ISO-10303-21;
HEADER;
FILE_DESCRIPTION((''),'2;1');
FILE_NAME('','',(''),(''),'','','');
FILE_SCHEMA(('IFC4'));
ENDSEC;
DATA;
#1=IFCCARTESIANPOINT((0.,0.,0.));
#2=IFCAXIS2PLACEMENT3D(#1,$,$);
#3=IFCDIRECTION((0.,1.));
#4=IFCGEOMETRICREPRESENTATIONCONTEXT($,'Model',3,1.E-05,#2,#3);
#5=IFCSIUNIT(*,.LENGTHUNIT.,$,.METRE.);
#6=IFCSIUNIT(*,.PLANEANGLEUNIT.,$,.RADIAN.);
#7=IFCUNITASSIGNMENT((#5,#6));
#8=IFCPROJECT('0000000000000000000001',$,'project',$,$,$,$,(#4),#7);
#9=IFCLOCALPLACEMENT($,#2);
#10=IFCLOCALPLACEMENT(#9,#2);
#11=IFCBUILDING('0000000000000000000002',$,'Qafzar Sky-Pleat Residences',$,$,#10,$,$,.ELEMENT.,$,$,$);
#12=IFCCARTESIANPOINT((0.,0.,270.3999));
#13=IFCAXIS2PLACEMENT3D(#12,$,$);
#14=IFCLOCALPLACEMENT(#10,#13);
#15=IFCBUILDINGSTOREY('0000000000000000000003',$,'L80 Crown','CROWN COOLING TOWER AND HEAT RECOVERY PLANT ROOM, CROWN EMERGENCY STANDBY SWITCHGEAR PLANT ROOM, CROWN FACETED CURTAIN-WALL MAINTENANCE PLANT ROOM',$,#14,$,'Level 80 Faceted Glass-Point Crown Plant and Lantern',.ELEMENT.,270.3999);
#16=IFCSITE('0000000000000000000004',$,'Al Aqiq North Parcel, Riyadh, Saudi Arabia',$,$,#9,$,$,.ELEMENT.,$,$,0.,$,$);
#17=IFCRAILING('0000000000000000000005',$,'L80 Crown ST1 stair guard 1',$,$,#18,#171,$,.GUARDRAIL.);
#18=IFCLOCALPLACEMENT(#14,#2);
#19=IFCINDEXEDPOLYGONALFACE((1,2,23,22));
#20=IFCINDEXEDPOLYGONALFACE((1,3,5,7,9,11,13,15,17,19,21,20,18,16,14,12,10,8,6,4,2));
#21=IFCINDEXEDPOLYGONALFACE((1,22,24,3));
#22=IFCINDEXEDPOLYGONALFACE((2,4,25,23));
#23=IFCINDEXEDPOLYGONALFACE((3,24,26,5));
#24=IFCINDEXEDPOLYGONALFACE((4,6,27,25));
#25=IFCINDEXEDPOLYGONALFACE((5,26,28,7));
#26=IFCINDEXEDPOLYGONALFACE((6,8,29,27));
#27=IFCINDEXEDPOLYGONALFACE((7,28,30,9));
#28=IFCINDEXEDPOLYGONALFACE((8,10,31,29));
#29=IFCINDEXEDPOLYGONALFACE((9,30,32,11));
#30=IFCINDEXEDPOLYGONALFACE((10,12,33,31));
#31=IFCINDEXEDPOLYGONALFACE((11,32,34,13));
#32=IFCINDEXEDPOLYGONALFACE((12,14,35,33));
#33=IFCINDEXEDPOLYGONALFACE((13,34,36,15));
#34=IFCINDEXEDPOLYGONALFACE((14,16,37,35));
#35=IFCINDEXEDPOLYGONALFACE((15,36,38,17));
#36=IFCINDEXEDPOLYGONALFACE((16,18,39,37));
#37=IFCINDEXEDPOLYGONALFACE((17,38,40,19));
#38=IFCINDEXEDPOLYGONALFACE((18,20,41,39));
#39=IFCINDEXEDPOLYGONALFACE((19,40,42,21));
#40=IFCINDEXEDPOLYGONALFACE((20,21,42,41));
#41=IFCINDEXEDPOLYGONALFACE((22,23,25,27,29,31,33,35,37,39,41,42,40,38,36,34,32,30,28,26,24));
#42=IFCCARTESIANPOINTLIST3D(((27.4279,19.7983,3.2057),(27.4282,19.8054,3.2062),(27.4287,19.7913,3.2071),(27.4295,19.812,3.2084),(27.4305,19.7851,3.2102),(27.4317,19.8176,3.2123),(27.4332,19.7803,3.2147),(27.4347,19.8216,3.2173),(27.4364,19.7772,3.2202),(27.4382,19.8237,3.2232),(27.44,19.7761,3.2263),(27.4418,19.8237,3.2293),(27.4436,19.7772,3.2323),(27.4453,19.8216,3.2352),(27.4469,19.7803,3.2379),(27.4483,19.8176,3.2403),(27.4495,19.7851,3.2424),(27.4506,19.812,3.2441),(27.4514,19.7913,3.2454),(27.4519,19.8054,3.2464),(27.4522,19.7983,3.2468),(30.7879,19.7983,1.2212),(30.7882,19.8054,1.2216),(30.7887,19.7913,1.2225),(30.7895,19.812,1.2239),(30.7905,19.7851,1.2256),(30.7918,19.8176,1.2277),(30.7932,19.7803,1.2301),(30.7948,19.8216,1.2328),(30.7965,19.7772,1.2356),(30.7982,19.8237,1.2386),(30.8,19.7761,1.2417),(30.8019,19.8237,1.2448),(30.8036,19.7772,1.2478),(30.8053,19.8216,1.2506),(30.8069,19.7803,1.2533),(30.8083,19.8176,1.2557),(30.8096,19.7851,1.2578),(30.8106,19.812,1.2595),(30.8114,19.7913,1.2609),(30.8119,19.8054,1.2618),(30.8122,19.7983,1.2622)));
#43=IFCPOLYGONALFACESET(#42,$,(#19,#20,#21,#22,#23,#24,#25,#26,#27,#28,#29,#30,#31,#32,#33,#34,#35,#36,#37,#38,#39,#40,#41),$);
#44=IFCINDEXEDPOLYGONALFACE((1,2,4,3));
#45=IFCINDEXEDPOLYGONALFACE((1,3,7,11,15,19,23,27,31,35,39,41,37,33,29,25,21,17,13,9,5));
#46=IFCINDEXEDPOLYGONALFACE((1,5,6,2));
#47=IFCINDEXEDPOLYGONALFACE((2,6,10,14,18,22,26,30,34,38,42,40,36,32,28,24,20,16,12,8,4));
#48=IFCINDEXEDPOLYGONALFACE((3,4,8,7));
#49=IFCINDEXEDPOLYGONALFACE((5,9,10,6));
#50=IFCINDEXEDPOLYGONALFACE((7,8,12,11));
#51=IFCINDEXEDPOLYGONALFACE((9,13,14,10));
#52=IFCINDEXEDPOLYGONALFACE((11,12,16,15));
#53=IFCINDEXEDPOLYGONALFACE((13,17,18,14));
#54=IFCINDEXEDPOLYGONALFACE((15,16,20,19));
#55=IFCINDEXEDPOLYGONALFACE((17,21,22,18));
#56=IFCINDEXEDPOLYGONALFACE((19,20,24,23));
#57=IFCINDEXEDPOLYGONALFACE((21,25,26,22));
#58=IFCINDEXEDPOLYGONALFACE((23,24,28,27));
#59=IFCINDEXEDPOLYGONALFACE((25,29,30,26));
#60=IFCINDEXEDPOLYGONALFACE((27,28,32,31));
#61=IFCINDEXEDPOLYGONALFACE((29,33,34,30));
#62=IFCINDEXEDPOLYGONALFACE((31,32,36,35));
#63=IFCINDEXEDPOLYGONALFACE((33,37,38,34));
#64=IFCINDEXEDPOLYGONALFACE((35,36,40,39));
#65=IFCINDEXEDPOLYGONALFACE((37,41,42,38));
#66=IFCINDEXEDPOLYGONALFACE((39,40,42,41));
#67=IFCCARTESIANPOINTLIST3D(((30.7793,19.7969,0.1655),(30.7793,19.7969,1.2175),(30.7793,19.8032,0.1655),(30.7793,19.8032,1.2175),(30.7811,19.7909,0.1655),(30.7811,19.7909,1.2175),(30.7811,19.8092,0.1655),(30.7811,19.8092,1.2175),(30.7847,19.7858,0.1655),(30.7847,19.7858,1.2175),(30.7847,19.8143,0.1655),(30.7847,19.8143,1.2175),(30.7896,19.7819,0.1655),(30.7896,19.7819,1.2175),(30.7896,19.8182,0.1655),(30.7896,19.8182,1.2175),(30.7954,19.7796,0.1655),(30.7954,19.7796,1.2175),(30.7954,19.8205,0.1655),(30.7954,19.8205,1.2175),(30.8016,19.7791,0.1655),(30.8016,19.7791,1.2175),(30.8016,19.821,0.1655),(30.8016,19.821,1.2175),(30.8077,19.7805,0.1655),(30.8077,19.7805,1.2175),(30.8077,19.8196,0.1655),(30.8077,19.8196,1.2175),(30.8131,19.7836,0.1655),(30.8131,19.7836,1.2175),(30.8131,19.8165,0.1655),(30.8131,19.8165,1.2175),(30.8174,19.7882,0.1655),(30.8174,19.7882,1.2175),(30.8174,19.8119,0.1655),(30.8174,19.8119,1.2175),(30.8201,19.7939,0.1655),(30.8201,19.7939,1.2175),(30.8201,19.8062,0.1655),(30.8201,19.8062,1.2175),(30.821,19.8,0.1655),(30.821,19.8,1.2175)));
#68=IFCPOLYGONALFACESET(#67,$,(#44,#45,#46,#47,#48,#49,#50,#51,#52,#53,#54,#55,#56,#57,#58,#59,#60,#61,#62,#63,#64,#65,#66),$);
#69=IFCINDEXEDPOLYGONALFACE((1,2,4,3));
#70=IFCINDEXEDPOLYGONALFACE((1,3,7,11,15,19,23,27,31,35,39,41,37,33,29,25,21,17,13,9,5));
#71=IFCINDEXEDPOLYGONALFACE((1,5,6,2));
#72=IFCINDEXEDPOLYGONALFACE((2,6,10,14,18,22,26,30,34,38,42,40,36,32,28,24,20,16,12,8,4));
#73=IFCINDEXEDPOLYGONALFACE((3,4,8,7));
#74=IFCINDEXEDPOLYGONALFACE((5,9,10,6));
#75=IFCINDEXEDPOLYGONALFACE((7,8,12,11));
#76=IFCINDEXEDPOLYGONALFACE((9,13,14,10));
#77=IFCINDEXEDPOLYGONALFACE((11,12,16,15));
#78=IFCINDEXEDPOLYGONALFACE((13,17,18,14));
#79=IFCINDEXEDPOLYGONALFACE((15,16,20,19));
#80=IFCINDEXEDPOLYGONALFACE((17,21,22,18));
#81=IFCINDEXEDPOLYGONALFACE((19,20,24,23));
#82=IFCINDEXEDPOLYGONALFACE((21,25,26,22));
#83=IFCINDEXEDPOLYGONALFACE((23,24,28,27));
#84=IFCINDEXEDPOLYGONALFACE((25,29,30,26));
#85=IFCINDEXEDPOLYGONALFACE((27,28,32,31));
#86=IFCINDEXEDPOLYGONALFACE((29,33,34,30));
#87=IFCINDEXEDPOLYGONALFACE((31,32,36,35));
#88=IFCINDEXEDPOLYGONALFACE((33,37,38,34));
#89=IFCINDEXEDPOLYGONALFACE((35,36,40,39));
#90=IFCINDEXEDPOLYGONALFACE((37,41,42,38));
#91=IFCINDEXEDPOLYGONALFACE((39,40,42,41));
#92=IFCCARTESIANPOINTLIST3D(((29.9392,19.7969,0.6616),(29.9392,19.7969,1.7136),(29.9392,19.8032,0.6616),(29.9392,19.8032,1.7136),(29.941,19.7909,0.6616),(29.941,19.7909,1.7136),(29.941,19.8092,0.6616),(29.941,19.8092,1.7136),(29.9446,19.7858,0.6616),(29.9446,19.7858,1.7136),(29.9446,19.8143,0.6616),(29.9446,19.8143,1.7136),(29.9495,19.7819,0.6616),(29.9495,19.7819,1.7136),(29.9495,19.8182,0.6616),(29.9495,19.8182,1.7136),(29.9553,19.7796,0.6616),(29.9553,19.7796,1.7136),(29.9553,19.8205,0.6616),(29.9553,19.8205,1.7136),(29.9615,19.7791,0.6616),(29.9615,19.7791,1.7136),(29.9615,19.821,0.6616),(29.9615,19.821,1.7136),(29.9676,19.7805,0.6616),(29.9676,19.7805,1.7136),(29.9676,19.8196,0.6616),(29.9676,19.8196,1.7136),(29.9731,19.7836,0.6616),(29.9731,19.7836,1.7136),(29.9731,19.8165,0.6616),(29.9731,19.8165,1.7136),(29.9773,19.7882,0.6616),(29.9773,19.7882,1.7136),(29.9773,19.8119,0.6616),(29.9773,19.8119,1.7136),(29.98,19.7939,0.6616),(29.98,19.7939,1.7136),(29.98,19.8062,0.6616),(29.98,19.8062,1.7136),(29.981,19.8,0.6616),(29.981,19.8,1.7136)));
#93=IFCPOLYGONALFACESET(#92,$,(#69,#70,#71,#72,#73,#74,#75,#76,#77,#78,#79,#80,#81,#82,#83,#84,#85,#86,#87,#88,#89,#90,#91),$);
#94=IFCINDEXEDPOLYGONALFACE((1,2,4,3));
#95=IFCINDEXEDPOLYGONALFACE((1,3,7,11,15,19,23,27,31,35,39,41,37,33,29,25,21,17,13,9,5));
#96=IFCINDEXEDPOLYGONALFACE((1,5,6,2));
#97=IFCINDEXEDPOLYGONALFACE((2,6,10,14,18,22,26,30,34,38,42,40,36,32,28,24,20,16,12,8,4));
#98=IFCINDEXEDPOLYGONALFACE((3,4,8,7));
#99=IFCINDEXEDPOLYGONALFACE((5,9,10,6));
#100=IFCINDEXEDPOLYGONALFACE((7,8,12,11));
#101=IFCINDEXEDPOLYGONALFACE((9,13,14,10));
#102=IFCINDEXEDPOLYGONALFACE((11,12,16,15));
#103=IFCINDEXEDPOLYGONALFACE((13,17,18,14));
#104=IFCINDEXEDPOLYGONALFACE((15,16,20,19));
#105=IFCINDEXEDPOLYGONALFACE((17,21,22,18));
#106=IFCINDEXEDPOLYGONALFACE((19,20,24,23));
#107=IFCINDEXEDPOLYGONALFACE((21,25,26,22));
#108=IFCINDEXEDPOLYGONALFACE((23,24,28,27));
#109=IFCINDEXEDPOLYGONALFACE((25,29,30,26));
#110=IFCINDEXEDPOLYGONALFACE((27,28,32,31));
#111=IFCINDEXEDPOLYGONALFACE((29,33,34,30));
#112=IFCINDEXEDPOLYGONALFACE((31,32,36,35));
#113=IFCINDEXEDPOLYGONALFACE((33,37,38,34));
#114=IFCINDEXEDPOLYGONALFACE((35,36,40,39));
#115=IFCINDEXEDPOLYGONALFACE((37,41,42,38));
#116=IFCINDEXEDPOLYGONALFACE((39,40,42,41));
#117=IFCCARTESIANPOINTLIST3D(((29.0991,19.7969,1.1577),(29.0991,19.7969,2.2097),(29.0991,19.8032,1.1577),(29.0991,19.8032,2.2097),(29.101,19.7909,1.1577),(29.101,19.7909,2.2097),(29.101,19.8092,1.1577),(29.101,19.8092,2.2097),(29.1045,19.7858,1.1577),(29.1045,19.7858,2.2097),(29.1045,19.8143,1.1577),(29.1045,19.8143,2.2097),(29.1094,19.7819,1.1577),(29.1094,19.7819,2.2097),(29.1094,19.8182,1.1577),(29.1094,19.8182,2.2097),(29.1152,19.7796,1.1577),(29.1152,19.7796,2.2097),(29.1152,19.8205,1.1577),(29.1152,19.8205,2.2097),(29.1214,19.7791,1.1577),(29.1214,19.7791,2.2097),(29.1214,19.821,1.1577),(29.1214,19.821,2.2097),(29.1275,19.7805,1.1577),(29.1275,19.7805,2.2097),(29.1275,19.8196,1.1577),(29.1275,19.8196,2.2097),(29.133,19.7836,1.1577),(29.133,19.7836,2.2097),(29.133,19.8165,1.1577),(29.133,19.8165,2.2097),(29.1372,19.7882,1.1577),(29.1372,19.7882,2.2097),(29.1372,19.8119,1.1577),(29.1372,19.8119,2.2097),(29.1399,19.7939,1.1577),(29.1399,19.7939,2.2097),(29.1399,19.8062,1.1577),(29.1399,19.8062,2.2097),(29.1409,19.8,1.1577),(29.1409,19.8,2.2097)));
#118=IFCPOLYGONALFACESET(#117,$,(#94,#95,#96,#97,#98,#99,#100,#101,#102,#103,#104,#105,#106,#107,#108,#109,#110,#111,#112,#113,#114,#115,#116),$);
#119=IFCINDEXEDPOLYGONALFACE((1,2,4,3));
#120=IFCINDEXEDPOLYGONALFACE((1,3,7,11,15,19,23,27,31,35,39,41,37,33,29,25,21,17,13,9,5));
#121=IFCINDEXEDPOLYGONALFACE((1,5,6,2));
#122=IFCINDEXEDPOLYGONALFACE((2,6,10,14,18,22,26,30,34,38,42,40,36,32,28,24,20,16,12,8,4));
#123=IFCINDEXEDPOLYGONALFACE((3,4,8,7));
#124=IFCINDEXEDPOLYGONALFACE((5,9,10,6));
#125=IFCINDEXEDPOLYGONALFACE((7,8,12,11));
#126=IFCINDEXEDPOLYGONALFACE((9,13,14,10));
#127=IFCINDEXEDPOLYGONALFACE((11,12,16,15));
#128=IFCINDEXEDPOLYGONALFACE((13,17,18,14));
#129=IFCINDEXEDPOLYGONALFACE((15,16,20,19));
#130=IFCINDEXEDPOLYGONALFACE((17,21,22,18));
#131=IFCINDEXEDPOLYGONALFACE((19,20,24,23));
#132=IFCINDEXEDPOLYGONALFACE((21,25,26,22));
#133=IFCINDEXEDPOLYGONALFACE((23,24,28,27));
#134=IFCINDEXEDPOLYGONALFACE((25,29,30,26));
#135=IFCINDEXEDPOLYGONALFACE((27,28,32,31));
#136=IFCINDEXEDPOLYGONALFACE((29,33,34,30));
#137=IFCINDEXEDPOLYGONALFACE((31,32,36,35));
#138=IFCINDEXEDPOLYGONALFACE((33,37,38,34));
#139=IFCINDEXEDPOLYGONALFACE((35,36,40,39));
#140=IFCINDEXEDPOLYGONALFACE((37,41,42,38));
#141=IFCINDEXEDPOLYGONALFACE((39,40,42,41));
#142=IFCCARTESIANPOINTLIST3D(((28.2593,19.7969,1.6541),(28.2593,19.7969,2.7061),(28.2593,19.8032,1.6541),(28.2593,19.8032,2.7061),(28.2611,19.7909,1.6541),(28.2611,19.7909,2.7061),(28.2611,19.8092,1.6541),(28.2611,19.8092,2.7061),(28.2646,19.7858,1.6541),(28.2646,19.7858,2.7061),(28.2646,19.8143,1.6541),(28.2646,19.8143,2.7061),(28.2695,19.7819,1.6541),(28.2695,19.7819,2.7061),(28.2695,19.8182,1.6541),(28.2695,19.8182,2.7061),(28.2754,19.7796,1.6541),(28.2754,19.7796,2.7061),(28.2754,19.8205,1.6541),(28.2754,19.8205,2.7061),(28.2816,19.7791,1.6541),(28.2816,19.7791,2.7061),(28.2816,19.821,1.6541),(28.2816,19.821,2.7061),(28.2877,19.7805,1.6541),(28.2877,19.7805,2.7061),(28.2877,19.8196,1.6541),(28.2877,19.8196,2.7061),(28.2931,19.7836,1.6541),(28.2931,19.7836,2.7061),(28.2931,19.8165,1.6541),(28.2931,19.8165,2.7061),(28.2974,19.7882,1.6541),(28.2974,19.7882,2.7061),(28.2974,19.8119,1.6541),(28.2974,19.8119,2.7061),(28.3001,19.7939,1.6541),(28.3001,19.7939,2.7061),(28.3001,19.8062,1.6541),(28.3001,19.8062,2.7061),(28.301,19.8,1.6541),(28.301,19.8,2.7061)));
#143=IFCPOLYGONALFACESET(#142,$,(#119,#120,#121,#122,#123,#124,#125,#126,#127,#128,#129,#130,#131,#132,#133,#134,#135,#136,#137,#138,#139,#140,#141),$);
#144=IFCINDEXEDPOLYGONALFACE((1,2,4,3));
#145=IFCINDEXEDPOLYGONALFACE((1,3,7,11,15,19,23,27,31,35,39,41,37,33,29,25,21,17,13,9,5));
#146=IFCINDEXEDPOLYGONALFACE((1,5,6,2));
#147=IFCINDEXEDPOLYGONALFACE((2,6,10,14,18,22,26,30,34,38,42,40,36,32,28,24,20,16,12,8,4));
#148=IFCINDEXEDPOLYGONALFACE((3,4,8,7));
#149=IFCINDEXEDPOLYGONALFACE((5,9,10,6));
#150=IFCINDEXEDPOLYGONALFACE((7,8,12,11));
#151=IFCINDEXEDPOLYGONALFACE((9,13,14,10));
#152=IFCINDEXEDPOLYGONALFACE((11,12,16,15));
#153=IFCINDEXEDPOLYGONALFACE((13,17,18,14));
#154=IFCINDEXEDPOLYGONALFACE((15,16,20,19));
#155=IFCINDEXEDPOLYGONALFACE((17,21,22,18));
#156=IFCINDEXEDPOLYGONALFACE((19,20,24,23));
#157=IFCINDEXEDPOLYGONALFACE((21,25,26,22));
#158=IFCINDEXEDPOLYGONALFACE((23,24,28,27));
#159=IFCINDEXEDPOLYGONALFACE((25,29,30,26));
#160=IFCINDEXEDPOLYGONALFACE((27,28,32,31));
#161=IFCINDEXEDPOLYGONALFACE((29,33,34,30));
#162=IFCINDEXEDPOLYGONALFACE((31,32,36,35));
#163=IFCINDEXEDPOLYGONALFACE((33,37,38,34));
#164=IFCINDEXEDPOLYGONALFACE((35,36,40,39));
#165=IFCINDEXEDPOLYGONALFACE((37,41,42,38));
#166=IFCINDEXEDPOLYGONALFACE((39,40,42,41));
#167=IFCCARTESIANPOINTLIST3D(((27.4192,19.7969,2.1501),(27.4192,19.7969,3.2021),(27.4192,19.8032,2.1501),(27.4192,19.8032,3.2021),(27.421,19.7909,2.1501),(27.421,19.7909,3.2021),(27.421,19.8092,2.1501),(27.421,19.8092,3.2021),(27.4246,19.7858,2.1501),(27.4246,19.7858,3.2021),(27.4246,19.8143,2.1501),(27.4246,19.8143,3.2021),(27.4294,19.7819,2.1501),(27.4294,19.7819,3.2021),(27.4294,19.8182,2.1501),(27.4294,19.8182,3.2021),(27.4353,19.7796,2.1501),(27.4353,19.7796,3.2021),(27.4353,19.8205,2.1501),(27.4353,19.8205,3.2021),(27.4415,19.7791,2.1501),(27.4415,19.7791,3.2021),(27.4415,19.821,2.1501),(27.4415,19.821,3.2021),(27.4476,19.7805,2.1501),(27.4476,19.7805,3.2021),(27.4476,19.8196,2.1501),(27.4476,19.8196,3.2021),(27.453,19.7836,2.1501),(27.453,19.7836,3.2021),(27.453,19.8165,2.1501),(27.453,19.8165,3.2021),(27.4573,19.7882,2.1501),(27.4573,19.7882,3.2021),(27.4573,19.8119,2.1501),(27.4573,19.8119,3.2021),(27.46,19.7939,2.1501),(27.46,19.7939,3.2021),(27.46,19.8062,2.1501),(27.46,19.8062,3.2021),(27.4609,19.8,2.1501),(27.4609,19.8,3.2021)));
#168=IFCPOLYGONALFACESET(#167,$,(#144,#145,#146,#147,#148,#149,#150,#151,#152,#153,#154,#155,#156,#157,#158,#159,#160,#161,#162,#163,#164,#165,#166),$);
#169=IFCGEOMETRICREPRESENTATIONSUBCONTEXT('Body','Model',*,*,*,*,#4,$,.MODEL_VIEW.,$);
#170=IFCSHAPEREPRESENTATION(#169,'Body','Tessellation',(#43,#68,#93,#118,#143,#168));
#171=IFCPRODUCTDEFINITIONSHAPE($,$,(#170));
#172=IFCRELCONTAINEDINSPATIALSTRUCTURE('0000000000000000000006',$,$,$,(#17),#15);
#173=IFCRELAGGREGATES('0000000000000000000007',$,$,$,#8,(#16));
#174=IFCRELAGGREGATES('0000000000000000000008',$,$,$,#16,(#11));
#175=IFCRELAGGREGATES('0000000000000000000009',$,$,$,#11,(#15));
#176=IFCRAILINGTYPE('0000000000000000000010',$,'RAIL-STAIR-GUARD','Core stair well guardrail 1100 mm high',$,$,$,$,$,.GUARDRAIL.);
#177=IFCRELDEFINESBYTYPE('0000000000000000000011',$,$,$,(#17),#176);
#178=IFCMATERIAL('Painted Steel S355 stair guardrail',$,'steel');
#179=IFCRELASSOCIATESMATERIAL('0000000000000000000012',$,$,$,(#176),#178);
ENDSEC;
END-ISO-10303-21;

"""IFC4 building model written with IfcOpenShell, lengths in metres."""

from ifc_helpers import new_model, si_unit, direction, frame, origin, origin_2d, place, context, subcontext, project, spatial, circle, extrude, source, transform, mapped, material, type_object, element, save


model = new_model("IFC4")

# Units and contexts
model_context = context("Model", 3, precision=1e-05, world=origin(), true_north=direction((0.0, 1.0)))
body_context = subcontext(model_context, "Body", "Model", "MODEL_VIEW")
ifc_project = project(units=[si_unit("LENGTHUNIT", "METRE"), si_unit("PLANEANGLEUNIT", "RADIAN")], contexts=[model_context])

# Site, building, storey
site_placement = place(None, origin())
site = spatial("IfcSite", under=ifc_project, at=site_placement, Name="Al Aqiq North Parcel, Riyadh, Saudi Arabia", CompositionType="ELEMENT", RefElevation=0.0)
building_placement = place(site_placement, origin())
building = spatial("IfcBuilding", under=site, at=building_placement, Name="Qafzar Sky-Pleat Residences", CompositionType="ELEMENT")
storey_placement = place(building_placement, frame((0.0, 0.0, 270.3999)))
storey = spatial("IfcBuildingStorey", under=building, at=storey_placement, Name="L80 Crown", Description="CROWN COOLING TOWER AND HEAT RECOVERY PLANT ROOM, CROWN EMERGENCY STANDBY SWITCHGEAR PLANT ROOM, CROWN FACETED CURTAIN-WALL MAINTENANCE PLANT ROOM", LongName="Level 80 Faceted Glass-Point Crown Plant and Lantern", CompositionType="ELEMENT", Elevation=270.3999)

# Railing
ifc_material_1 = material(Name="Painted Steel S355 stair guardrail", Category="steel")
railing_type_1 = type_object("IfcRailingType", Name="RAIL-STAIR-GUARD", Description="Core stair well guardrail 1100 mm high", PredefinedType="GUARDRAIL", material=ifc_material_1)
shared_shape_1 = source(origin(), body_context, "Body", "SweptSolid", [
    extrude(circle(Radius=0.0239, at=origin_2d()), frame((0.0, 0.0, 1.0762), z_axis=(-0.861027, 0.0, 0.508559), x_axis=(0.0, -1.0, 0.0)), (0.0, 0.0, 1.0), 3.9023),
    extrude(circle(Radius=0.021, at=origin_2d()), origin(), (0.0, 0.0, 1.0), 1.052),
    extrude(circle(Radius=0.021, at=origin_2d()), frame((-0.8401, 0.0, 0.4961)), (0.0, 0.0, 1.0), 1.052),
    extrude(circle(Radius=0.021, at=origin_2d()), frame((-1.6802, 0.0, 0.9922)), (0.0, 0.0, 1.0), 1.052),
    extrude(circle(Radius=0.021, at=origin_2d()), frame((-2.52, 0.0, 1.4885)), (0.0, 0.0, 1.0), 1.052),
    extrude(circle(Radius=0.021, at=origin_2d()), frame((-3.3601, 0.0, 1.9846)), (0.0, 0.0, 1.0), 1.052),
])
railing_1_placement = place(storey_placement, frame((30.8, 19.8, 0.1655)))
element("IfcRailing", 1, at=railing_1_placement, inside=storey, type_object=railing_type_1, Name="L80 Crown ST1 stair guard 1", PredefinedType="GUARDRAIL", context=body_context, shape_type="MappedRepresentation", body=[
    mapped(shared_shape_1, transform((0.0, 0.0, 0.0), x_axis=(1.0, 0.0, 0.0), y_axis=(0.0, 1.0, 0.0), z_axis=(0.0, 0.0, 1.0), scale=1.0)),
])

save(model, "model.ifc")
